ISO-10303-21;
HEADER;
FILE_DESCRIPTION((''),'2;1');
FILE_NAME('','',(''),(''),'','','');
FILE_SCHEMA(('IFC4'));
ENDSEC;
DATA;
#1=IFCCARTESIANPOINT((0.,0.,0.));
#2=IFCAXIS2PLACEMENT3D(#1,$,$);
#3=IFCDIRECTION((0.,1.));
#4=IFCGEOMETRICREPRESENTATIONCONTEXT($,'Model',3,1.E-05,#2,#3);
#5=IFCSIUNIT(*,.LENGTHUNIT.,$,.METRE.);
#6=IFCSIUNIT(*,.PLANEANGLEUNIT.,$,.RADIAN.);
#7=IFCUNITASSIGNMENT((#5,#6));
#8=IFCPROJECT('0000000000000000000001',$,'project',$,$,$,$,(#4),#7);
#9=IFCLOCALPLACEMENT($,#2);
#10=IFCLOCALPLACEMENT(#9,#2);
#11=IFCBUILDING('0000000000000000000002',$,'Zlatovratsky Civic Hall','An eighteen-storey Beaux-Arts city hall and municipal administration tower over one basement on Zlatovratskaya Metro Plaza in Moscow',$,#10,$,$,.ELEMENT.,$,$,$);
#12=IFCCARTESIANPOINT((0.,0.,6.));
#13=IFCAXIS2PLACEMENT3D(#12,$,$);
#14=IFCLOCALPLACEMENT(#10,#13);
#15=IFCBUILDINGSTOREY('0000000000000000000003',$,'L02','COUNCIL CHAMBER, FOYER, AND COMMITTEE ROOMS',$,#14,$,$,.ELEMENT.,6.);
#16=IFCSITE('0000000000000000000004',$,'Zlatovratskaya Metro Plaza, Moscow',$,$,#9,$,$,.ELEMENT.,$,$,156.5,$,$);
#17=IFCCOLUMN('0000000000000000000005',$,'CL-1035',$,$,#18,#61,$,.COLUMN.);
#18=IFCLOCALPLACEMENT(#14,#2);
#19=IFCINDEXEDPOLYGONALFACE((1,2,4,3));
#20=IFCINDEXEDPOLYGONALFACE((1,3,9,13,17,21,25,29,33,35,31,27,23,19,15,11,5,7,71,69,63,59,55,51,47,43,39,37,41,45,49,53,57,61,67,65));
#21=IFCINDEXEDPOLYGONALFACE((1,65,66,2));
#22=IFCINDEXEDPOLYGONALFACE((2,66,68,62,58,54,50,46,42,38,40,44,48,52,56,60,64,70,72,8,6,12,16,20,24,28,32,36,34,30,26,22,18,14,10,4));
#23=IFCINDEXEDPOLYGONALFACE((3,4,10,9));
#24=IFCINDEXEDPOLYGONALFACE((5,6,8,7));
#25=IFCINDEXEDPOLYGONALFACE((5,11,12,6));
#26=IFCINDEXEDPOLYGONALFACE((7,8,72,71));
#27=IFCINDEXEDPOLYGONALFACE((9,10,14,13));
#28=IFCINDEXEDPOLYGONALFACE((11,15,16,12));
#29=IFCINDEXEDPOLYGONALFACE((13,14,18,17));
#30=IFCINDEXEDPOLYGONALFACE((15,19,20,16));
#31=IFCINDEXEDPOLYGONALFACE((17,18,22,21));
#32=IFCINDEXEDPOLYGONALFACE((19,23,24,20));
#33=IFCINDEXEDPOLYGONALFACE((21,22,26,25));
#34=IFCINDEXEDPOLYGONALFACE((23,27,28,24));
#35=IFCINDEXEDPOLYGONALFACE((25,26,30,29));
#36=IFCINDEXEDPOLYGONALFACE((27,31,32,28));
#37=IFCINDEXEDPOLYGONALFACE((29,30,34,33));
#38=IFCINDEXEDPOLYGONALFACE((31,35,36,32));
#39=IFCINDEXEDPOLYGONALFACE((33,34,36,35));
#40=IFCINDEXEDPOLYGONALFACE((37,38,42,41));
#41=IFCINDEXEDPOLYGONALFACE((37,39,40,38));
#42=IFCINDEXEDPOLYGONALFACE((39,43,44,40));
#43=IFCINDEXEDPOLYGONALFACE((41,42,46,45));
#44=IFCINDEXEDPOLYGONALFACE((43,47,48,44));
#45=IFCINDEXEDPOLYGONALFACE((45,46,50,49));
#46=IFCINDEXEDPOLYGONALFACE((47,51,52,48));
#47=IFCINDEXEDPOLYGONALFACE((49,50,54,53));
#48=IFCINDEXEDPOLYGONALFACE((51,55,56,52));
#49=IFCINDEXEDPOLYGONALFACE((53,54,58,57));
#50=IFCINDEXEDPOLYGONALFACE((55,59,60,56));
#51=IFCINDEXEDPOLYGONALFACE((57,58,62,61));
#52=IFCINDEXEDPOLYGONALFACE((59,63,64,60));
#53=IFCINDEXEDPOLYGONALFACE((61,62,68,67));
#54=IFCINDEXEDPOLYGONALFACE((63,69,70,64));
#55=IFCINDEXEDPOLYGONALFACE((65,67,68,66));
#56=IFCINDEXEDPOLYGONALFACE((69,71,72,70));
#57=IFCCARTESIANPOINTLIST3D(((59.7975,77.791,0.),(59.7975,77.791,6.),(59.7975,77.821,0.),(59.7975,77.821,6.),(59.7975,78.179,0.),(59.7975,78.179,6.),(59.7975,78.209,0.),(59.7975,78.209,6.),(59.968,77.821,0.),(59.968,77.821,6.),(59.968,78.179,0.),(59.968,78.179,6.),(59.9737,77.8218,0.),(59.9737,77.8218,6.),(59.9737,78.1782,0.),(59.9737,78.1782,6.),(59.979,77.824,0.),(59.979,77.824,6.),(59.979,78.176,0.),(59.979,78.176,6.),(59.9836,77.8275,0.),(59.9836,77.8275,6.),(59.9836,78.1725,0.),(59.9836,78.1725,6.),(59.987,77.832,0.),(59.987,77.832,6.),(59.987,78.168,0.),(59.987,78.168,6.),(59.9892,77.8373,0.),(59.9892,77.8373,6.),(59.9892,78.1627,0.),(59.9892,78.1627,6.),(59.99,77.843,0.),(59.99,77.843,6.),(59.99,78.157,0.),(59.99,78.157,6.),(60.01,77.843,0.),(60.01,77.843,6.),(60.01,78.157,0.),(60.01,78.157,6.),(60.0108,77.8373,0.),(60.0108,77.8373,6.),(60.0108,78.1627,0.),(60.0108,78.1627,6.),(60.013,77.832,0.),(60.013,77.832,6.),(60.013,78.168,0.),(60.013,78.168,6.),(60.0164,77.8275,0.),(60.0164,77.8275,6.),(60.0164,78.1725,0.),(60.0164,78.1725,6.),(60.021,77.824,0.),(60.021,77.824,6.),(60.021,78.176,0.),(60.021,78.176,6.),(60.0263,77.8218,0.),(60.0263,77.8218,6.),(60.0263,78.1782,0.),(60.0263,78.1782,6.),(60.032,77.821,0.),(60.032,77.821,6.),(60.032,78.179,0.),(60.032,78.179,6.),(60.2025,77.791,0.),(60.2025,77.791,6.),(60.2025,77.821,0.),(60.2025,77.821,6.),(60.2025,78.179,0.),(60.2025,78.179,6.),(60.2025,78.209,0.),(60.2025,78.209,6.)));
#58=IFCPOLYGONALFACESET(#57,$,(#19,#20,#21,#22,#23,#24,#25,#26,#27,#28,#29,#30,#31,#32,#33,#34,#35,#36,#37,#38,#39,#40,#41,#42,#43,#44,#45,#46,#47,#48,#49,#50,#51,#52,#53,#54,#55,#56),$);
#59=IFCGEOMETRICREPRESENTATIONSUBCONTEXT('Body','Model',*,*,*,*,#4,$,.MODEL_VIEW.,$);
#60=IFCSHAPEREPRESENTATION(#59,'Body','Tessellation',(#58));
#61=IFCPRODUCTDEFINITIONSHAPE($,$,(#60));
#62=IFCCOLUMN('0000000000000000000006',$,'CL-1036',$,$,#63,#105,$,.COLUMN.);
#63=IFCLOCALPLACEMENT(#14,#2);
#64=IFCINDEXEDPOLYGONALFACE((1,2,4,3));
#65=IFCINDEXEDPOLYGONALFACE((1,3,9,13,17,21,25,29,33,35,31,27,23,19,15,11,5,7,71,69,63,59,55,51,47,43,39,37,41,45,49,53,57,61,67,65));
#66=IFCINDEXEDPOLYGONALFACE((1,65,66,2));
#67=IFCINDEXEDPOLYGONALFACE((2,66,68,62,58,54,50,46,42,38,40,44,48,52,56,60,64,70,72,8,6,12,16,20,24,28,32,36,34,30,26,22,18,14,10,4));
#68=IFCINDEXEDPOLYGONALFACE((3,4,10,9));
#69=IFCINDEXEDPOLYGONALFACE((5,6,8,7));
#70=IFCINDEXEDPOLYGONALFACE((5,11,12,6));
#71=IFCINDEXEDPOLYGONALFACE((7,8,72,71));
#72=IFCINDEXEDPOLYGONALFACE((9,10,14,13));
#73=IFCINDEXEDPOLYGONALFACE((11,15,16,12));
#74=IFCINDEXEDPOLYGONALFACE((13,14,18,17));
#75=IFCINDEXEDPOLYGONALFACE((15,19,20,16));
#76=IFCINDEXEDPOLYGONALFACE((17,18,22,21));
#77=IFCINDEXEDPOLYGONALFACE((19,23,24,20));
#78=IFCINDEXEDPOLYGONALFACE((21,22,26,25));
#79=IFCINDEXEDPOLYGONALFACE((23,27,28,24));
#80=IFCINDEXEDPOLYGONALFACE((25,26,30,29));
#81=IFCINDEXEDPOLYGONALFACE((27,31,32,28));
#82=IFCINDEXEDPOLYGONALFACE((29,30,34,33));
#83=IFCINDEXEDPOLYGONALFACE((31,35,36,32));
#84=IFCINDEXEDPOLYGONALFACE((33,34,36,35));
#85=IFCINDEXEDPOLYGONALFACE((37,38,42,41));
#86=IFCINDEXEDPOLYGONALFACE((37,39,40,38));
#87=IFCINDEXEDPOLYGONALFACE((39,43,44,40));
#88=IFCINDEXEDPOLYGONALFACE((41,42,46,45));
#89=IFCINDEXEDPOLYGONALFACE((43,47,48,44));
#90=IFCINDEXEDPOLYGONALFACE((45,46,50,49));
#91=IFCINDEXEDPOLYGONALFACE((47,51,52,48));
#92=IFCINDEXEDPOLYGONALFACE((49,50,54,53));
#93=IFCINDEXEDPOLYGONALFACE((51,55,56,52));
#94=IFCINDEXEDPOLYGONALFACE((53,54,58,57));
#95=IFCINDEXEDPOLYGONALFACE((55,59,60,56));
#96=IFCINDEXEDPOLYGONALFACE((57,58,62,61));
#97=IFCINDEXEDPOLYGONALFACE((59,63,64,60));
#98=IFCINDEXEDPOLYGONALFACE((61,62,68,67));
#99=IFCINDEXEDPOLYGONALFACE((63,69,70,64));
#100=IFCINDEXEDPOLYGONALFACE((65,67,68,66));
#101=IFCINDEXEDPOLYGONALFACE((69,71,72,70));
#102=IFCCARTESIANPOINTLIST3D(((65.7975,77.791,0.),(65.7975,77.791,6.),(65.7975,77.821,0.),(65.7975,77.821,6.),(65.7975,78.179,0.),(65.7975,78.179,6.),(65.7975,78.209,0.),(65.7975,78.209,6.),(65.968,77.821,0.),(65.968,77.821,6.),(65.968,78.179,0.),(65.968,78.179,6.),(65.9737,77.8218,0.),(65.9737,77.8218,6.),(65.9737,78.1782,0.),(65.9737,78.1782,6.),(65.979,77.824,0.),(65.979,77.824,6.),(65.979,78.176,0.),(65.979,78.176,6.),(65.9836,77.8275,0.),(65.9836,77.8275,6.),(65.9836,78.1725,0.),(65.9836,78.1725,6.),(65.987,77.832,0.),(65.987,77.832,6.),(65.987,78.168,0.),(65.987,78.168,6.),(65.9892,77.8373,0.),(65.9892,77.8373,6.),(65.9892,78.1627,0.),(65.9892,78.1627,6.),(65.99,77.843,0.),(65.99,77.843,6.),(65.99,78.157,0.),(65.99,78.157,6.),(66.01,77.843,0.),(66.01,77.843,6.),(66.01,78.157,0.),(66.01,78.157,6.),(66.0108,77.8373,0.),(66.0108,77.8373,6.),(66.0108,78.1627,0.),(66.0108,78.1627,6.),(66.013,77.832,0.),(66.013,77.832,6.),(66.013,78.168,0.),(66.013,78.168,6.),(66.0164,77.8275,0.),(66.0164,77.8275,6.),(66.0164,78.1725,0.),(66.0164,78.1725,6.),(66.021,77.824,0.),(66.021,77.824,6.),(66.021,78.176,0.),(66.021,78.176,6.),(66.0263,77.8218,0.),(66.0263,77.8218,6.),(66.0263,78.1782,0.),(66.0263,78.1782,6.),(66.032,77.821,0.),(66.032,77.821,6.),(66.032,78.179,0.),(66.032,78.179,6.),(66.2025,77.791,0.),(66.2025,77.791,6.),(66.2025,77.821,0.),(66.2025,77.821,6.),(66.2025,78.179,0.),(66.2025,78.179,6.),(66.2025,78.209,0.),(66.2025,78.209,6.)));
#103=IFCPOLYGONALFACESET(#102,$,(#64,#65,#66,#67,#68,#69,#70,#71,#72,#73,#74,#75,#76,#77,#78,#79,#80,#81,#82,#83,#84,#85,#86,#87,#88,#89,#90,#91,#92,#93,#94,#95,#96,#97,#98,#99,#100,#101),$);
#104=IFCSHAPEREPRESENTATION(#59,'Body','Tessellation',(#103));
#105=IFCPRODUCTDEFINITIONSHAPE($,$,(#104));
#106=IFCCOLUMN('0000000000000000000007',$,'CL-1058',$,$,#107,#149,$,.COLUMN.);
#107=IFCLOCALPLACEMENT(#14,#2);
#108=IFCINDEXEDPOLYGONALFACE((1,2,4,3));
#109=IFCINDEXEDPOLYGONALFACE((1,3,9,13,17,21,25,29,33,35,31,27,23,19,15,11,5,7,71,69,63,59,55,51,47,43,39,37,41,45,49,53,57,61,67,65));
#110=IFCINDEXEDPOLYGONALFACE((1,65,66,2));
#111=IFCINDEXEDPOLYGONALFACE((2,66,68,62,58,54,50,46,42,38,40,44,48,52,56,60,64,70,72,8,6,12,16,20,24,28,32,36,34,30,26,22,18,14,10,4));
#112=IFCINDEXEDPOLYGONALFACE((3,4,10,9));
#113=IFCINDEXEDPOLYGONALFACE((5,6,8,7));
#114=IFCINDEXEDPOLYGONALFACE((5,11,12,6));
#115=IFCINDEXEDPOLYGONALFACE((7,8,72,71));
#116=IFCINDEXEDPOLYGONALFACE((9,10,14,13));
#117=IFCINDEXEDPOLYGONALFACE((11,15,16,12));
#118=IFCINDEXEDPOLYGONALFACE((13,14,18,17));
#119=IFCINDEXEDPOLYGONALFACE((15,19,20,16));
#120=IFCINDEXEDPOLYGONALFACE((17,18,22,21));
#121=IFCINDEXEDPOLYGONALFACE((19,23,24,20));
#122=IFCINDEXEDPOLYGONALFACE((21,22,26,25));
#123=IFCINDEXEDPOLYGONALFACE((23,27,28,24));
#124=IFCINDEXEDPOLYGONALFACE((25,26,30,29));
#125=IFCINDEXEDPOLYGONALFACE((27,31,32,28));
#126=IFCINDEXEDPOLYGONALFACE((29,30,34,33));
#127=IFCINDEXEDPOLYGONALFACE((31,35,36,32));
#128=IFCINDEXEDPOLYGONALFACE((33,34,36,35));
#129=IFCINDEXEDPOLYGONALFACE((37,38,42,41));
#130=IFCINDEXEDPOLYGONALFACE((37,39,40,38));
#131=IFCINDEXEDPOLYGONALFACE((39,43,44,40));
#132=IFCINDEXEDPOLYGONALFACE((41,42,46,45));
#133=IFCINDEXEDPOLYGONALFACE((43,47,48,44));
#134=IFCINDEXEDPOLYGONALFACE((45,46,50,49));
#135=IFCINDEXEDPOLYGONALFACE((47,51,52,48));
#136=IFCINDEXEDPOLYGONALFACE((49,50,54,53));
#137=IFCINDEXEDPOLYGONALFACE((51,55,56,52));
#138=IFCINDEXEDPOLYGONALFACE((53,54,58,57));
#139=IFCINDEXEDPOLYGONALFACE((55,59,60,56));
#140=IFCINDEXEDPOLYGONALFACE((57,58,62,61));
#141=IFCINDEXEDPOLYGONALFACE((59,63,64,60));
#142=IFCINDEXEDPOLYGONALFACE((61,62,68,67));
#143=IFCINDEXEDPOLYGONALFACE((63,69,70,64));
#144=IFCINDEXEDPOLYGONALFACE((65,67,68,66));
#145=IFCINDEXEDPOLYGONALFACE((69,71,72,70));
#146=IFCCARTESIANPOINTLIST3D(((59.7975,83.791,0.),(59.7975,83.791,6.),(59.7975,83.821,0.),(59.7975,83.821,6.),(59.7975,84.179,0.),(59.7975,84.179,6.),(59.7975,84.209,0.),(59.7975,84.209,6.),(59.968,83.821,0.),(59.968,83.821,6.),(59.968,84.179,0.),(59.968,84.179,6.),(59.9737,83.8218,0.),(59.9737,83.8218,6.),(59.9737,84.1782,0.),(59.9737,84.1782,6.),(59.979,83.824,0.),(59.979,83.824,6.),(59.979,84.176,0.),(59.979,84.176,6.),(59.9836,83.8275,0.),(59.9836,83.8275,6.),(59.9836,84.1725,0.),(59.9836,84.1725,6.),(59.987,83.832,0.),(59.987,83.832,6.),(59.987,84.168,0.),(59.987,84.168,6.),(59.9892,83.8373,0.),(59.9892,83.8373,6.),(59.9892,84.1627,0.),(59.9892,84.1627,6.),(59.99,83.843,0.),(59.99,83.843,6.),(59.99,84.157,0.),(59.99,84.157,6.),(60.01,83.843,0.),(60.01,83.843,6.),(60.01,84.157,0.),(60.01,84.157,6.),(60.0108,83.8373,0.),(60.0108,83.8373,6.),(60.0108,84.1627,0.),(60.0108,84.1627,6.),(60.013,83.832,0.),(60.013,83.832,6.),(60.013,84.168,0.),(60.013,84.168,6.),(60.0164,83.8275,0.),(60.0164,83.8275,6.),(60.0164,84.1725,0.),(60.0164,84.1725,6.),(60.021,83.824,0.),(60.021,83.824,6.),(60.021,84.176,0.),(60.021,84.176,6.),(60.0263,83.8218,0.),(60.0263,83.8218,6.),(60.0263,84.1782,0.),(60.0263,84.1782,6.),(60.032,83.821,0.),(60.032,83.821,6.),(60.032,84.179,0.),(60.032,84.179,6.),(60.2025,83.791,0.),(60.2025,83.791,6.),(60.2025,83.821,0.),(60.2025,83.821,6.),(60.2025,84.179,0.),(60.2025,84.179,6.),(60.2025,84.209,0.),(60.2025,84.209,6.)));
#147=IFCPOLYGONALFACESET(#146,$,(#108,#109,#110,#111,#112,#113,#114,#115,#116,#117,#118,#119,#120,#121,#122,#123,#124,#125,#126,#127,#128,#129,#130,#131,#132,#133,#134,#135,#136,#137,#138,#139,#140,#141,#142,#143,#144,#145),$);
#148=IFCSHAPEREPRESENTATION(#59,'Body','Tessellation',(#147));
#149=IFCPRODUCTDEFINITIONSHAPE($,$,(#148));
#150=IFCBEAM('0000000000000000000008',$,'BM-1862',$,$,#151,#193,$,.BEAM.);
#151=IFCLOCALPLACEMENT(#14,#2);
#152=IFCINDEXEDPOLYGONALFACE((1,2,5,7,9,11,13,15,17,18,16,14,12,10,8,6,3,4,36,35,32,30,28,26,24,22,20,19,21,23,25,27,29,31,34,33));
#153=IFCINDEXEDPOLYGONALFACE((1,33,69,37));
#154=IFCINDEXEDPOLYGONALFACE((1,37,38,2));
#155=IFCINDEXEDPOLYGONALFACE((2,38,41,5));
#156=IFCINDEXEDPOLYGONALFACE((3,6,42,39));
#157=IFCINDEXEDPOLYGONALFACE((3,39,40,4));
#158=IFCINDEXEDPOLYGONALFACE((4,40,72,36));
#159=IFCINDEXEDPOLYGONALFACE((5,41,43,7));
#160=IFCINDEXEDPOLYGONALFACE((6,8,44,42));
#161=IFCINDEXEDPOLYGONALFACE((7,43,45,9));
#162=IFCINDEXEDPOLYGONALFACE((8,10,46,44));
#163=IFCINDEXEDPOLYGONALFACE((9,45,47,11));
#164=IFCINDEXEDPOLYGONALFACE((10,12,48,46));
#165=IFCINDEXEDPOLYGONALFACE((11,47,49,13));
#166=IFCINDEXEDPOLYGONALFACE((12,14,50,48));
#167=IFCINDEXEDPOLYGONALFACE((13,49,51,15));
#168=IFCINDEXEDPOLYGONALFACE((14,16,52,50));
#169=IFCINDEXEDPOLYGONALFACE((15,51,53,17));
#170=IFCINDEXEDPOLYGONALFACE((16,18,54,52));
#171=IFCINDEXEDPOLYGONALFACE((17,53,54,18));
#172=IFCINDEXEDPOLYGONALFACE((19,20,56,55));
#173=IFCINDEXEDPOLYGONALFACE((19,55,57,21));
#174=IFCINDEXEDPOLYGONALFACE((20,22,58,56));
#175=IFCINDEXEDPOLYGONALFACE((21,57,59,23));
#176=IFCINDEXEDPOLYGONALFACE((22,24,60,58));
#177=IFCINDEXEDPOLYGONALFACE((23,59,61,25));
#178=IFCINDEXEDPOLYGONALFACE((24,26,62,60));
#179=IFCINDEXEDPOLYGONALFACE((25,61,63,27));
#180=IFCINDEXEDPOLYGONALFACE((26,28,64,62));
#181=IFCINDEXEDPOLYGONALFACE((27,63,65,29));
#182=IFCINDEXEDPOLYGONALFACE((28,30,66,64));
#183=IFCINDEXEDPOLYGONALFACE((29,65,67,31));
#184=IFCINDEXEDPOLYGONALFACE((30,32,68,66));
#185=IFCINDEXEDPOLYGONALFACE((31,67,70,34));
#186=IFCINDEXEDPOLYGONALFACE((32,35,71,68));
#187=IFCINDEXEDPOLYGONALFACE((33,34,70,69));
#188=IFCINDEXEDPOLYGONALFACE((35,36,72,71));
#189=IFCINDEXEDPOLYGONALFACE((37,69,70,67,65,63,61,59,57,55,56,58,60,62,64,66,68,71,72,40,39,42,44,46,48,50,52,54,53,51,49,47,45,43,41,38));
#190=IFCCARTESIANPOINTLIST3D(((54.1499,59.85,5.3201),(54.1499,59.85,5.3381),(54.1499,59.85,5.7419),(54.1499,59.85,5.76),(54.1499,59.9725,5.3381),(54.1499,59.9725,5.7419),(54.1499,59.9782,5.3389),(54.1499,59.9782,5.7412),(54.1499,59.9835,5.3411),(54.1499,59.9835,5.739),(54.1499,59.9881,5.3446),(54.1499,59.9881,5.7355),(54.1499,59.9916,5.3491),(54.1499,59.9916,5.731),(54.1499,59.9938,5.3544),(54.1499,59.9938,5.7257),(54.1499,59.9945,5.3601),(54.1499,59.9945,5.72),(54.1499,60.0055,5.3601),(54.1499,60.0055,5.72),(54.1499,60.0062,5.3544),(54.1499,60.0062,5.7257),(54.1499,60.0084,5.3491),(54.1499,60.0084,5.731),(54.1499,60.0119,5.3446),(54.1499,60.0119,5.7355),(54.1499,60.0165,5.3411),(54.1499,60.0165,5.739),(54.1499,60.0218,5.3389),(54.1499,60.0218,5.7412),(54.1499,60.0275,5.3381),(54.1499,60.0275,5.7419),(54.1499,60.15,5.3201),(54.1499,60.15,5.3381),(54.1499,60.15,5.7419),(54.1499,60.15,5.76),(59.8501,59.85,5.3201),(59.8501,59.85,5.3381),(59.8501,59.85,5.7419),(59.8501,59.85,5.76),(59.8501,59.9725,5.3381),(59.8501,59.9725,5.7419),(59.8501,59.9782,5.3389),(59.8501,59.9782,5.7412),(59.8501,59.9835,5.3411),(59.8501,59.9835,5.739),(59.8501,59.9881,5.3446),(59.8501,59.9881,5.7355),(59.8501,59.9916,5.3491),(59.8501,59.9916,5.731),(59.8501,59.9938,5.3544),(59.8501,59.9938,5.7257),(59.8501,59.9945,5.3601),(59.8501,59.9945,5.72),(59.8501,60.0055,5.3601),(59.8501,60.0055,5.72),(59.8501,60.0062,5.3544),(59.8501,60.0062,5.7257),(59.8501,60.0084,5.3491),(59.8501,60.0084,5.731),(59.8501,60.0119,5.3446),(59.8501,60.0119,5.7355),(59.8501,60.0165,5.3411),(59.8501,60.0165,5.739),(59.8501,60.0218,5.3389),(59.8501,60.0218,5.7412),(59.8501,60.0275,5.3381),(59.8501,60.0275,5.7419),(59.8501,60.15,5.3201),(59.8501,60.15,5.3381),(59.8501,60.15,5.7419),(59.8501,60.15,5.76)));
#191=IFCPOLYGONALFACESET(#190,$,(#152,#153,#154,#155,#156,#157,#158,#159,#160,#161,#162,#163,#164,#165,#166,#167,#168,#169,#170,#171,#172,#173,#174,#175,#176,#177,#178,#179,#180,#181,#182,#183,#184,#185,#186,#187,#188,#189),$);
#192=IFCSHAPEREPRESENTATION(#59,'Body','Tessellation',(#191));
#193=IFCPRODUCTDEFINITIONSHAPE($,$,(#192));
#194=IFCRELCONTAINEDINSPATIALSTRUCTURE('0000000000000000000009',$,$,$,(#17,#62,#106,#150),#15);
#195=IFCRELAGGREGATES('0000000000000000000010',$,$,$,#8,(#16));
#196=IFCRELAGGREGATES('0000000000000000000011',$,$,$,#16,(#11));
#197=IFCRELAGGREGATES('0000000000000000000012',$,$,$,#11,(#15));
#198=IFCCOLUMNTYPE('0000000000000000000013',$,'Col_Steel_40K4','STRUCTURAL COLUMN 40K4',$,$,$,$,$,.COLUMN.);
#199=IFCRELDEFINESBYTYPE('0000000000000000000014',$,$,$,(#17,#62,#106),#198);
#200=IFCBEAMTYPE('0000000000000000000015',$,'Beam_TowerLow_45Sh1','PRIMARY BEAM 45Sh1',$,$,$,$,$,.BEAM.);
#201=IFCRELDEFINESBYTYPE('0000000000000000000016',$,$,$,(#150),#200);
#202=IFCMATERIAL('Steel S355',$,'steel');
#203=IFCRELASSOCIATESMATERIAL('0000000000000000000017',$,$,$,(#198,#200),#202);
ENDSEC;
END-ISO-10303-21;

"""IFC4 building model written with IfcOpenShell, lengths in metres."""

from ifc_helpers import new_model, si_unit, direction, frame, origin, origin_2d, place, context, subcontext, project, spatial, i_section, extrude, material, material_profile, profile_set, type_object, element, save


model = new_model("IFC4")

# Units and contexts
model_context = context("Model", 3, precision=1e-05, world=origin(), true_north=direction((0.0, 1.0)))
body_context = subcontext(model_context, "Body", "Model", "MODEL_VIEW")
ifc_project = project(units=[si_unit("LENGTHUNIT", "METRE"), si_unit("PLANEANGLEUNIT", "RADIAN")], contexts=[model_context])

# Site, building, storey
site_placement = place(None, origin())
site = spatial("IfcSite", under=ifc_project, at=site_placement, Name="Zlatovratskaya Metro Plaza, Moscow", CompositionType="ELEMENT", RefElevation=156.5)
building_placement = place(site_placement, origin())
building = spatial("IfcBuilding", under=site, at=building_placement, Name="Zlatovratsky Civic Hall", Description="An eighteen-storey Beaux-Arts city hall and municipal administration tower over one basement on Zlatovratskaya Metro Plaza in Moscow", CompositionType="ELEMENT")
storey_placement = place(building_placement, frame((0.0, 0.0, 6.0)))
storey = spatial("IfcBuildingStorey", under=building, at=storey_placement, Name="L02", Description="COUNCIL CHAMBER, FOYER, AND COMMITTEE ROOMS", CompositionType="ELEMENT", Elevation=6.0)

# Columns
ifc_material_1 = material(Name="Steel S355", Category="steel")
ifc_material_profile_1 = material_profile(ifc_material_1, i_section(OverallWidth=0.405, OverallDepth=0.418, WebThickness=0.02, FlangeThickness=0.03, FilletRadius=0.022, at=origin_2d()), Name="40K4")
ifc_profile_set_1 = profile_set([ifc_material_profile_1], Name="Steel S355")
column_type_1 = type_object("IfcColumnType", Name="Col_Steel_40K4", Description="STRUCTURAL COLUMN 40K4", PredefinedType="COLUMN", material=ifc_profile_set_1)
for number, where, z_axis, x_axis, name in (
    (1, (60.0, 78.0, 0.0), (0.0, 0.0, 1.0), (1.0, 0.0, 0.0), "CL-1035"),
    (2, (66.0, 78.0, 0.0), (0.0, 0.0, 1.0), (1.0, 0.0, 0.0), "CL-1036"),
    (3, (60.0, 84.0, 0.0), (0.0, 0.0, 1.0), (1.0, 0.0, 0.0), "CL-1058"),
):
    element("IfcColumn", number, at=place(storey_placement, frame(where, z_axis=z_axis, x_axis=x_axis)), inside=storey, type_object=column_type_1, Name=name, PredefinedType="COLUMN", context=body_context, shape_type="SweptSolid", body=[
        extrude(i_section(OverallWidth=0.405, OverallDepth=0.418, WebThickness=0.02, FlangeThickness=0.03, FilletRadius=0.022, at=origin_2d()), origin(), (0.0, 0.0, 1.0), 6.0),
    ])

# Beam
ifc_material_profile_2 = material_profile(ifc_material_1, i_section(OverallWidth=0.3, OverallDepth=0.4399, WebThickness=0.011, FlangeThickness=0.0181, FilletRadius=0.022, at=origin_2d()), Name="45Sh1")
ifc_profile_set_2 = profile_set([ifc_material_profile_2], Name="Steel S355")
beam_type = type_object("IfcBeamType", Name="Beam_TowerLow_45Sh1", Description="PRIMARY BEAM 45Sh1", PredefinedType="BEAM", material=ifc_profile_set_2)
beam_1_placement = place(storey_placement, frame((54.1499, 60.0, 5.54), z_axis=(1.0, 0.0, 0.0), x_axis=(0.0, 1.0, 0.0)))
element("IfcBeam", 4, at=beam_1_placement, inside=storey, type_object=beam_type, Name="BM-1862", PredefinedType="BEAM", context=body_context, shape_type="SweptSolid", body=[
    extrude(i_section(OverallWidth=0.3, OverallDepth=0.4399, WebThickness=0.011, FlangeThickness=0.0181, FilletRadius=0.022, at=origin_2d()), origin(), (0.0, 0.0, 1.0), 5.7002),
])

save(model, "model.ifc")
